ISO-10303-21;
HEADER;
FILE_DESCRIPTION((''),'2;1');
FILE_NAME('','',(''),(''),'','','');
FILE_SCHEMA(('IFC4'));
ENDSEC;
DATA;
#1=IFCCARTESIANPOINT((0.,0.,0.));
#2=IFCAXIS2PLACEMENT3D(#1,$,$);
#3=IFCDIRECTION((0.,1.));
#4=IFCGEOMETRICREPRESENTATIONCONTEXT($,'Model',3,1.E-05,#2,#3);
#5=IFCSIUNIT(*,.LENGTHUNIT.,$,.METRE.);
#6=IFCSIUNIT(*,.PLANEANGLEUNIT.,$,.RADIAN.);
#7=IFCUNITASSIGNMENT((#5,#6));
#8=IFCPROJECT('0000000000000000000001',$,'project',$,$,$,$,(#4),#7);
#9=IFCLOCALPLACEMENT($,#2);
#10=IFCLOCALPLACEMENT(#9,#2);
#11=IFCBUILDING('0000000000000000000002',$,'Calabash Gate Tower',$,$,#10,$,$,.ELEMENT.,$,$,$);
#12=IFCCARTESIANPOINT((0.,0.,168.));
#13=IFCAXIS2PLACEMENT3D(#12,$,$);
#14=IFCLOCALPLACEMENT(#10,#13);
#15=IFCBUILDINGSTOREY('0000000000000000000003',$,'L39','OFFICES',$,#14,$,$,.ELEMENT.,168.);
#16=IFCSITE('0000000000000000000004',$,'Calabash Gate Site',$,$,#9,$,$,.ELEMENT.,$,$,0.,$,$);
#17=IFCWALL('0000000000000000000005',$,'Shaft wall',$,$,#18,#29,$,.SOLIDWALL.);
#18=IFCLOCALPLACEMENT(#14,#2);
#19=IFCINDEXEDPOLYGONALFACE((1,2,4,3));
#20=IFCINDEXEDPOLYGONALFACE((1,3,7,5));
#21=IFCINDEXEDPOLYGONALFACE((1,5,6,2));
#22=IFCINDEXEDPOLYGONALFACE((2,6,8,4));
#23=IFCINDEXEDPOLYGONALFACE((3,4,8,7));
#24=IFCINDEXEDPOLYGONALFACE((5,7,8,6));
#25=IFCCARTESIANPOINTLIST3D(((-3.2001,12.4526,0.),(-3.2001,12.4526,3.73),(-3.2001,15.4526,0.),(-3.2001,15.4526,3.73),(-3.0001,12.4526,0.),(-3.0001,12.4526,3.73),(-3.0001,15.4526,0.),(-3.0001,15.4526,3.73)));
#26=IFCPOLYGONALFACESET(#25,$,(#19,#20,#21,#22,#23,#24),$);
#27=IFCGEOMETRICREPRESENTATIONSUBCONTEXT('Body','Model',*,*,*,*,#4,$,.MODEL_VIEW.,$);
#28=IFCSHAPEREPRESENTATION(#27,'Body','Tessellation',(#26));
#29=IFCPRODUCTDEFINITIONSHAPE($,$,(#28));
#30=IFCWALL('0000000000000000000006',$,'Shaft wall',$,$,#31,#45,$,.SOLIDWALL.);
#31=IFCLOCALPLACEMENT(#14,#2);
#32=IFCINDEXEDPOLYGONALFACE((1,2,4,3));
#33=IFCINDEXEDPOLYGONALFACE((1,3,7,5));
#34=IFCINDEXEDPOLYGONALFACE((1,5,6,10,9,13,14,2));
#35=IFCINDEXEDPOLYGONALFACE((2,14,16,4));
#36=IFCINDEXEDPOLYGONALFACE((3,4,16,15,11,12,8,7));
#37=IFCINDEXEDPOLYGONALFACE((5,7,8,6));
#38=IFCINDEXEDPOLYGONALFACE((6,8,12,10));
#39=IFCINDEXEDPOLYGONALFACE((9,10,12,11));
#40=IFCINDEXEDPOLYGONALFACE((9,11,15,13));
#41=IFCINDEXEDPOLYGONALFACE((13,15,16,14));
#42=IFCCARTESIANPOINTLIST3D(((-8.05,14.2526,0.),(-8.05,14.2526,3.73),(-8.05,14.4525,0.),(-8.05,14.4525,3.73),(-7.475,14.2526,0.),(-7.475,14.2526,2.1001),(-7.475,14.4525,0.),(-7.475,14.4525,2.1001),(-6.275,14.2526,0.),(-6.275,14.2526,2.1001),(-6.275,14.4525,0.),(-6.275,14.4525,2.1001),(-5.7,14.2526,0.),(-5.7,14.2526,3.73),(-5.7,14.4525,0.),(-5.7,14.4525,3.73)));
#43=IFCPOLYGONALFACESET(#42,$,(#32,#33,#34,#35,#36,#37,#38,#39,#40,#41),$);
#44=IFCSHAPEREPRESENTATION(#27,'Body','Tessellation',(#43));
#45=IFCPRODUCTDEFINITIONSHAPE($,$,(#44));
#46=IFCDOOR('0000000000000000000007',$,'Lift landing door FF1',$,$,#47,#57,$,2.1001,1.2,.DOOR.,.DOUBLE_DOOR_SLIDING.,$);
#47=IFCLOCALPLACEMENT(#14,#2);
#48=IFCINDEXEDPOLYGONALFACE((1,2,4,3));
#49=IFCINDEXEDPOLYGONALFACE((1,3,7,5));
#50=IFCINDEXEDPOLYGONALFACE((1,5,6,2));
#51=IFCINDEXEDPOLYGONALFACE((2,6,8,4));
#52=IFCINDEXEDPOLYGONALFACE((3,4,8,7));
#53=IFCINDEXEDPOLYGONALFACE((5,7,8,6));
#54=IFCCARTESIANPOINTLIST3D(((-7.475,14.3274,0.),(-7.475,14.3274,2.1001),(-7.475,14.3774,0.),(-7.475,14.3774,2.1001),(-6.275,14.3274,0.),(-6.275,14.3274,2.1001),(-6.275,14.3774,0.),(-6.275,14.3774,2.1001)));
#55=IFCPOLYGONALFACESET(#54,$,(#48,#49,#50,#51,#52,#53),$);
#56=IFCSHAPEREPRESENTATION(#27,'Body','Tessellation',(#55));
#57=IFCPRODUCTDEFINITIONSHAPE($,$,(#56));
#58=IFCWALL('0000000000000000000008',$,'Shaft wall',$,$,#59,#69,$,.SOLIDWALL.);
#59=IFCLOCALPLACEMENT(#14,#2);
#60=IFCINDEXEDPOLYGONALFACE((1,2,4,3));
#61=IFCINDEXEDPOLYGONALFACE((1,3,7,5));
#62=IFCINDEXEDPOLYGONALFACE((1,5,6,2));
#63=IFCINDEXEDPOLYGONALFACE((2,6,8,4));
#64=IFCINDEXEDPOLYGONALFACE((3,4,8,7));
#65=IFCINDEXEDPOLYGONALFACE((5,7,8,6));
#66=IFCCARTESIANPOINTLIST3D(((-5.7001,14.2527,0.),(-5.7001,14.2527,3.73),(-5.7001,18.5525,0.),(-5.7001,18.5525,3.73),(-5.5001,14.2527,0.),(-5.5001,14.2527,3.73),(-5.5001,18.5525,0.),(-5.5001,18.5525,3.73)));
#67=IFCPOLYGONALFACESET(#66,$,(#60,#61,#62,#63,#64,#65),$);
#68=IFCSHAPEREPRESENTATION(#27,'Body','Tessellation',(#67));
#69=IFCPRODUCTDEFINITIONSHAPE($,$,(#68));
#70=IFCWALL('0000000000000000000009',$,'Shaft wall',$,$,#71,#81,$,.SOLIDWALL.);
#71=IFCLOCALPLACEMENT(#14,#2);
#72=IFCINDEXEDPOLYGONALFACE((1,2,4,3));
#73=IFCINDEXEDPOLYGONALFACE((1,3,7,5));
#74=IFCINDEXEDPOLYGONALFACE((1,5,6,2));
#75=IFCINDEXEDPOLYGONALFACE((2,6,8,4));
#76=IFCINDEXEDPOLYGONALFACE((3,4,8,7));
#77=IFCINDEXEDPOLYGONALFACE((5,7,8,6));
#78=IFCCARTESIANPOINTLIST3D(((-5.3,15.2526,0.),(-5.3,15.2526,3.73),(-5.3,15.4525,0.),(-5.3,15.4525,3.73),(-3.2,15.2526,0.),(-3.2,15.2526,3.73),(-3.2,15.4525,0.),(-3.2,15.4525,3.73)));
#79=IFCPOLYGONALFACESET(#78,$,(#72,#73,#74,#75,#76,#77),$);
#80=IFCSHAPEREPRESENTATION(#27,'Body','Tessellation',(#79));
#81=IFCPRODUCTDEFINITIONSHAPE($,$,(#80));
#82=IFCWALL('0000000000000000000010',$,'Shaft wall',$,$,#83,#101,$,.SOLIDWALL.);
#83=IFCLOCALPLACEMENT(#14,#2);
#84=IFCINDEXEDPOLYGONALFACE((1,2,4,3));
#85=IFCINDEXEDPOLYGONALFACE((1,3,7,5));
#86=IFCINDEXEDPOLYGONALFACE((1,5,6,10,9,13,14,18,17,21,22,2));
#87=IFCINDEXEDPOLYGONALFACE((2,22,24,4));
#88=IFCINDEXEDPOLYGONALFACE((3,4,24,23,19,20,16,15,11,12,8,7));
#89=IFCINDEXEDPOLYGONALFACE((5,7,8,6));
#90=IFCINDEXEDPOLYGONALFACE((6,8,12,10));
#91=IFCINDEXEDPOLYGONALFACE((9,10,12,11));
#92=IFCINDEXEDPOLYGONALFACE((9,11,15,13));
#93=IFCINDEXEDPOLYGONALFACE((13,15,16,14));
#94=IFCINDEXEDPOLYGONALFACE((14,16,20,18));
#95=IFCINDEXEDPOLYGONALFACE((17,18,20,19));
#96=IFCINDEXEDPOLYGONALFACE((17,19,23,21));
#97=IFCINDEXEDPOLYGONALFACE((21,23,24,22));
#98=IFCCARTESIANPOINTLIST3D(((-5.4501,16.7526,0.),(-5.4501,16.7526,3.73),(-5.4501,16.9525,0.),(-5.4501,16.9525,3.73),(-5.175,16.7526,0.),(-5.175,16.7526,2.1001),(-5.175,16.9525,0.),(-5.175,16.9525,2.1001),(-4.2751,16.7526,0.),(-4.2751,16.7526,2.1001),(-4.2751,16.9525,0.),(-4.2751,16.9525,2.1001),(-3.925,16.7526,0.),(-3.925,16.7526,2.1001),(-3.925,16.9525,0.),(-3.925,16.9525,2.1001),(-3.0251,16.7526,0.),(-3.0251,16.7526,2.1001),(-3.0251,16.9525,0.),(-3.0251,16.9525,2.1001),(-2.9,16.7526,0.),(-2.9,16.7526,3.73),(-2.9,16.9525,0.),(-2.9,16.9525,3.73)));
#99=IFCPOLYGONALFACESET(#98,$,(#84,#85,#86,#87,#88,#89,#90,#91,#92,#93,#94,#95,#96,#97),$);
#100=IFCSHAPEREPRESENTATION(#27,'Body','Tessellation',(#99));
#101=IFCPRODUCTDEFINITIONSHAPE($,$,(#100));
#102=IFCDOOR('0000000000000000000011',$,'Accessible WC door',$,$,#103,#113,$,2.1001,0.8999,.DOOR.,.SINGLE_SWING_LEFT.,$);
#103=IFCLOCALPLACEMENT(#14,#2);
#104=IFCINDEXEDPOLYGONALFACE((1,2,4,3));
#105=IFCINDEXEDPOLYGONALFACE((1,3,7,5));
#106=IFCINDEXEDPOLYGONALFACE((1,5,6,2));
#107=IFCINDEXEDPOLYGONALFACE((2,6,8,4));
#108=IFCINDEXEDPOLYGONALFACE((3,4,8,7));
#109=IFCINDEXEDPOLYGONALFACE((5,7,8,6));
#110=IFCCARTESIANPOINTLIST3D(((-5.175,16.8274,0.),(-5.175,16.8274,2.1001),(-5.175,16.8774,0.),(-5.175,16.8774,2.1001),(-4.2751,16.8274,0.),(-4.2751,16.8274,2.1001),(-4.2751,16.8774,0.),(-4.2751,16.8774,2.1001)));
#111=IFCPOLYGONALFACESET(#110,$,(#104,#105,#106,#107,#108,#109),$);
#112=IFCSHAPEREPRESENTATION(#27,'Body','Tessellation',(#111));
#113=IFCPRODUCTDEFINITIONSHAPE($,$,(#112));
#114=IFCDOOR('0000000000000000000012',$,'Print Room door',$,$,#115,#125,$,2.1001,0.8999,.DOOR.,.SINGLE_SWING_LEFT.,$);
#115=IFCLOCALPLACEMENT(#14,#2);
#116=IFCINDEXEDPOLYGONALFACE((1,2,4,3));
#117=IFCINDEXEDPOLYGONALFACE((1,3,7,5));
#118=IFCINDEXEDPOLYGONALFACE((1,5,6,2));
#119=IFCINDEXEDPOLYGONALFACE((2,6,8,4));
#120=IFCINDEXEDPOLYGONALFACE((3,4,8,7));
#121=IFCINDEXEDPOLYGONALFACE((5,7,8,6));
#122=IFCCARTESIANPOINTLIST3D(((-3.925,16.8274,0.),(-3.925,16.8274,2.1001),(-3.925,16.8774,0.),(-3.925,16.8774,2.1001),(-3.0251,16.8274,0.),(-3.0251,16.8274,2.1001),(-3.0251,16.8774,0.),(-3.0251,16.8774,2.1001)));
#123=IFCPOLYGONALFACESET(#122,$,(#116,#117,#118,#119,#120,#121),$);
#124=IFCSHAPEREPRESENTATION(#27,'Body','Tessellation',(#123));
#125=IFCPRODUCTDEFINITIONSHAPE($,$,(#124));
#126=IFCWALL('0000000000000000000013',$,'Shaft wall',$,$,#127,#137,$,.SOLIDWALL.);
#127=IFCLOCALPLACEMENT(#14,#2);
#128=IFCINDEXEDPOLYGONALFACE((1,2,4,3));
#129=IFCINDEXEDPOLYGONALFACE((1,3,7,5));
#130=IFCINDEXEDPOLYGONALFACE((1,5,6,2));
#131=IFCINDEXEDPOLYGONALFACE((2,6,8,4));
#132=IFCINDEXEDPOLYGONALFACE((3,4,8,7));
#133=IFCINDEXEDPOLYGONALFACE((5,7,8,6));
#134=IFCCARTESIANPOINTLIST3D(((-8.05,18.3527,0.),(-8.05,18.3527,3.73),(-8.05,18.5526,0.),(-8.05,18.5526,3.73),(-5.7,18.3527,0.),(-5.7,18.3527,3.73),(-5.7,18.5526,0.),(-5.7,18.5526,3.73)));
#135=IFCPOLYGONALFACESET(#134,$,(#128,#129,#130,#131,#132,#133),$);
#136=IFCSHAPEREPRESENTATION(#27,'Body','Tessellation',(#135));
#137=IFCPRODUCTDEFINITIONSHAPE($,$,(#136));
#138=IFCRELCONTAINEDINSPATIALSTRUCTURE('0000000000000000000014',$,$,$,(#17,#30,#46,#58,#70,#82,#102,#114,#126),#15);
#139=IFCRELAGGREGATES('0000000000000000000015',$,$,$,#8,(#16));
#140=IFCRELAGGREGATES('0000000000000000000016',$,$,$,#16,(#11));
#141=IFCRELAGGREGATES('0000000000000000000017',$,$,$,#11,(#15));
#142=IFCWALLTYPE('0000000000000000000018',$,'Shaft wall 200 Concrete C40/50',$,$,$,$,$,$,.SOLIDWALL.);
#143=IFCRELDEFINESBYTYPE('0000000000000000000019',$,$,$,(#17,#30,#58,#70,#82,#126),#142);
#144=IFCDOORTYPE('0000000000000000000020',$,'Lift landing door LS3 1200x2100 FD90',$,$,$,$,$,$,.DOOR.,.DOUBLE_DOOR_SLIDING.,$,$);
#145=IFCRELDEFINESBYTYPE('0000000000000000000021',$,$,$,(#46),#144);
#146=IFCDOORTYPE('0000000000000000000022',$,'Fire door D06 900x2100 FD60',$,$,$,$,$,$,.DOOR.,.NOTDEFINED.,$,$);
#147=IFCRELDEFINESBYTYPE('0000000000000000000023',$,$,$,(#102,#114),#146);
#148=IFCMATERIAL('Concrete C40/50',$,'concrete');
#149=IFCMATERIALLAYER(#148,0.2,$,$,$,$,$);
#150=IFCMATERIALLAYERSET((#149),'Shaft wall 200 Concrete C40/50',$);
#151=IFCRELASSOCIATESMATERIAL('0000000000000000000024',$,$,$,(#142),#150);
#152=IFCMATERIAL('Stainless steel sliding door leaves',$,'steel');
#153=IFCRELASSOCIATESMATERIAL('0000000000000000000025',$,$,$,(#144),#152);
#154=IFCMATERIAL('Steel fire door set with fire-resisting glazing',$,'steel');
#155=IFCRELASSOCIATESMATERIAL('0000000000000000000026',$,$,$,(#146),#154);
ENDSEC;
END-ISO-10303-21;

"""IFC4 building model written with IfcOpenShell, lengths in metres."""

from ifc_helpers import new_model, si_unit, direction, frame, frame_2d, origin, place, context, subcontext, project, spatial, rectangle, extrude, material, layer, layer_set, type_object, element, fill, save


model = new_model("IFC4")

# Units and contexts
model_context = context("Model", 3, precision=1e-05, world=origin(), true_north=direction((0.0, 1.0)))
body_context = subcontext(model_context, "Body", "Model", "MODEL_VIEW")
ifc_project = project(units=[si_unit("LENGTHUNIT", "METRE"), si_unit("PLANEANGLEUNIT", "RADIAN")], contexts=[model_context])

# Site, building, storey
site_placement = place(None, origin())
site = spatial("IfcSite", under=ifc_project, at=site_placement, Name="Calabash Gate Site", CompositionType="ELEMENT", RefElevation=0.0)
building_placement = place(site_placement, origin())
building = spatial("IfcBuilding", under=site, at=building_placement, Name="Calabash Gate Tower", CompositionType="ELEMENT")
storey_placement = place(building_placement, frame((0.0, 0.0, 168.0)))
storey = spatial("IfcBuildingStorey", under=building, at=storey_placement, Name="L39", Description="OFFICES", CompositionType="ELEMENT", Elevation=168.0)

# Shared definitions
ifc_material_1 = material(Name="Concrete C40/50", Category="concrete")
ifc_layer_1 = layer(ifc_material_1, 0.2)
ifc_layer_set_1 = layer_set([ifc_layer_1], Name="Shaft wall 200 Concrete C40/50")
wall_type_1 = type_object("IfcWallType", Name="Shaft wall 200 Concrete C40/50", PredefinedType="SOLIDWALL", material=ifc_layer_set_1)

# Wall
wall_1_placement = place(storey_placement, frame((-3.1001, 12.4526, 0.0), z_axis=(0.0, 0.0, 1.0), x_axis=(0.0, 1.0, 0.0)))
element("IfcWall", 1, at=wall_1_placement, inside=storey, type_object=wall_type_1, Name="Shaft wall", PredefinedType="SOLIDWALL", context=body_context, shape_type="SweptSolid", body=[
    extrude(rectangle(XDim=3.0, YDim=0.2, at=frame_2d((1.5, 0.0))), origin(), (0.0, 0.0, 1.0), 3.73),
])

# Wall, opening, door
wall_2_placement = place(storey_placement, frame((-8.05, 14.3525, 0.0), z_axis=(0.0, 0.0, 1.0), x_axis=(1.0, 0.0, 0.0)))
wall_2 = element("IfcWall", 2, at=wall_2_placement, inside=storey, type_object=wall_type_1, Name="Shaft wall", PredefinedType="SOLIDWALL", context=body_context, shape_type="SweptSolid", body=[
    extrude(rectangle(XDim=2.3501, YDim=0.2, at=frame_2d((1.175, 0.0))), origin(), (0.0, 0.0, 1.0), 3.73),
])
opening_1_placement = place(wall_2_placement, frame((0.575, 0.0, 0.0)))
opening_1 = element("IfcOpeningElement", 3, at=opening_1_placement, cuts=wall_2, PredefinedType="OPENING", context=body_context, shape_type="SweptSolid", body=[
    extrude(rectangle(XDim=1.2, YDim=2.1001, at=frame_2d((0.6001, 1.05))), frame((0.0, 0.1099, 0.0), z_axis=(0.0, -1.0, 0.0), x_axis=(1.0, 0.0, 0.0)), (0.0, 0.0, 1.0), 0.22),
])
ifc_material_2 = material(Name="Stainless steel sliding door leaves", Category="steel")
door_type_1 = type_object("IfcDoorType", Name="Lift landing door LS3 1200x2100 FD90", OperationType="DOUBLE_DOOR_SLIDING", PredefinedType="DOOR", material=ifc_material_2)
door_1_placement = place(opening_1_placement, origin())
door_1 = element("IfcDoor", 4, at=door_1_placement, inside=storey, type_object=door_type_1, Name="Lift landing door FF1", OperationType="DOUBLE_DOOR_SLIDING", OverallHeight=2.1001, OverallWidth=1.2, PredefinedType="DOOR", context=body_context, shape_type="SweptSolid", body=[
    extrude(rectangle(XDim=1.2, YDim=2.1001, at=frame_2d((0.6001, 1.05))), frame((0.0, 0.0249, 0.0), z_axis=(0.0, -1.0, 0.0), x_axis=(1.0, 0.0, 0.0)), (0.0, 0.0, 1.0), 0.05),
])
fill(opening_1, door_1)

# Walls
wall_3_placement = place(storey_placement, frame((-5.6001, 14.2527, 0.0), z_axis=(0.0, 0.0, 1.0), x_axis=(0.0, 1.0, 0.0)))
element("IfcWall", 5, at=wall_3_placement, inside=storey, type_object=wall_type_1, Name="Shaft wall", PredefinedType="SOLIDWALL", context=body_context, shape_type="SweptSolid", body=[
    extrude(rectangle(XDim=4.2998, YDim=0.2, at=frame_2d((2.1499, 0.0))), origin(), (0.0, 0.0, 1.0), 3.73),
])
wall_4_placement = place(storey_placement, frame((-5.3, 15.3525, 0.0), z_axis=(0.0, 0.0, 1.0), x_axis=(1.0, 0.0, 0.0)))
element("IfcWall", 6, at=wall_4_placement, inside=storey, type_object=wall_type_1, Name="Shaft wall", PredefinedType="SOLIDWALL", context=body_context, shape_type="SweptSolid", body=[
    extrude(rectangle(XDim=2.1001, YDim=0.2, at=frame_2d((1.05, 0.0))), origin(), (0.0, 0.0, 1.0), 3.73),
])

# Wall, openings, doors
wall_5_placement = place(storey_placement, frame((-5.45, 16.8525, 0.0), z_axis=(0.0, 0.0, 1.0), x_axis=(1.0, 0.0, 0.0)))
wall_5 = element("IfcWall", 7, at=wall_5_placement, inside=storey, type_object=wall_type_1, Name="Shaft wall", PredefinedType="SOLIDWALL", context=body_context, shape_type="SweptSolid", body=[
    extrude(rectangle(XDim=2.55, YDim=0.2, at=frame_2d((1.2749, 0.0))), origin(), (0.0, 0.0, 1.0), 3.73),
])
opening_2_placement = place(wall_5_placement, frame((0.2749, 0.0, 0.0)))
opening_2 = element("IfcOpeningElement", 8, at=opening_2_placement, cuts=wall_5, PredefinedType="OPENING", context=body_context, shape_type="SweptSolid", body=[
    extrude(rectangle(XDim=0.8999, YDim=2.1001, at=frame_2d((0.45, 1.05))), frame((0.0, 0.1099, 0.0), z_axis=(0.0, -1.0, 0.0), x_axis=(1.0, 0.0, 0.0)), (0.0, 0.0, 1.0), 0.22),
])
opening_3_placement = place(wall_5_placement, frame((1.5249, 0.0, 0.0)))
opening_3 = element("IfcOpeningElement", 9, at=opening_3_placement, cuts=wall_5, PredefinedType="OPENING", context=body_context, shape_type="SweptSolid", body=[
    extrude(rectangle(XDim=0.8999, YDim=2.1001, at=frame_2d((0.45, 1.05))), frame((0.0, 0.1099, 0.0), z_axis=(0.0, -1.0, 0.0), x_axis=(1.0, 0.0, 0.0)), (0.0, 0.0, 1.0), 0.22),
])
ifc_material_3 = material(Name="Steel fire door set with fire-resisting glazing", Category="steel")
door_type_2 = type_object("IfcDoorType", Name="Fire door D06 900x2100 FD60", OperationType="NOTDEFINED", PredefinedType="DOOR", material=ifc_material_3)
door_2_placement = place(opening_2_placement, origin())
door_2 = element("IfcDoor", 10, at=door_2_placement, inside=storey, type_object=door_type_2, Name="Accessible WC door", OperationType="SINGLE_SWING_LEFT", OverallHeight=2.1001, OverallWidth=0.8999, PredefinedType="DOOR", context=body_context, shape_type="SweptSolid", body=[
    extrude(rectangle(XDim=0.8999, YDim=2.1001, at=frame_2d((0.45, 1.05))), frame((0.0, 0.0249, 0.0), z_axis=(0.0, -1.0, 0.0), x_axis=(1.0, 0.0, 0.0)), (0.0, 0.0, 1.0), 0.05),
])
fill(opening_2, door_2)
door_3_placement = place(opening_3_placement, origin())
door_3 = element("IfcDoor", 11, at=door_3_placement, inside=storey, type_object=door_type_2, Name="Print Room door", OperationType="SINGLE_SWING_LEFT", OverallHeight=2.1001, OverallWidth=0.8999, PredefinedType="DOOR", context=body_context, shape_type="SweptSolid", body=[
    extrude(rectangle(XDim=0.8999, YDim=2.1001, at=frame_2d((0.45, 1.05))), frame((0.0, 0.0249, 0.0), z_axis=(0.0, -1.0, 0.0), x_axis=(1.0, 0.0, 0.0)), (0.0, 0.0, 1.0), 0.05),
])
fill(opening_3, door_3)

# Wall
wall_6_placement = place(storey_placement, frame((-8.05, 18.4526, 0.0), z_axis=(0.0, 0.0, 1.0), x_axis=(1.0, 0.0, 0.0)))
element("IfcWall", 12, at=wall_6_placement, inside=storey, type_object=wall_type_1, Name="Shaft wall", PredefinedType="SOLIDWALL", context=body_context, shape_type="SweptSolid", body=[
    extrude(rectangle(XDim=2.3501, YDim=0.2, at=frame_2d((1.175, 0.0))), origin(), (0.0, 0.0, 1.0), 3.73),
])

save(model, "model.ifc")
